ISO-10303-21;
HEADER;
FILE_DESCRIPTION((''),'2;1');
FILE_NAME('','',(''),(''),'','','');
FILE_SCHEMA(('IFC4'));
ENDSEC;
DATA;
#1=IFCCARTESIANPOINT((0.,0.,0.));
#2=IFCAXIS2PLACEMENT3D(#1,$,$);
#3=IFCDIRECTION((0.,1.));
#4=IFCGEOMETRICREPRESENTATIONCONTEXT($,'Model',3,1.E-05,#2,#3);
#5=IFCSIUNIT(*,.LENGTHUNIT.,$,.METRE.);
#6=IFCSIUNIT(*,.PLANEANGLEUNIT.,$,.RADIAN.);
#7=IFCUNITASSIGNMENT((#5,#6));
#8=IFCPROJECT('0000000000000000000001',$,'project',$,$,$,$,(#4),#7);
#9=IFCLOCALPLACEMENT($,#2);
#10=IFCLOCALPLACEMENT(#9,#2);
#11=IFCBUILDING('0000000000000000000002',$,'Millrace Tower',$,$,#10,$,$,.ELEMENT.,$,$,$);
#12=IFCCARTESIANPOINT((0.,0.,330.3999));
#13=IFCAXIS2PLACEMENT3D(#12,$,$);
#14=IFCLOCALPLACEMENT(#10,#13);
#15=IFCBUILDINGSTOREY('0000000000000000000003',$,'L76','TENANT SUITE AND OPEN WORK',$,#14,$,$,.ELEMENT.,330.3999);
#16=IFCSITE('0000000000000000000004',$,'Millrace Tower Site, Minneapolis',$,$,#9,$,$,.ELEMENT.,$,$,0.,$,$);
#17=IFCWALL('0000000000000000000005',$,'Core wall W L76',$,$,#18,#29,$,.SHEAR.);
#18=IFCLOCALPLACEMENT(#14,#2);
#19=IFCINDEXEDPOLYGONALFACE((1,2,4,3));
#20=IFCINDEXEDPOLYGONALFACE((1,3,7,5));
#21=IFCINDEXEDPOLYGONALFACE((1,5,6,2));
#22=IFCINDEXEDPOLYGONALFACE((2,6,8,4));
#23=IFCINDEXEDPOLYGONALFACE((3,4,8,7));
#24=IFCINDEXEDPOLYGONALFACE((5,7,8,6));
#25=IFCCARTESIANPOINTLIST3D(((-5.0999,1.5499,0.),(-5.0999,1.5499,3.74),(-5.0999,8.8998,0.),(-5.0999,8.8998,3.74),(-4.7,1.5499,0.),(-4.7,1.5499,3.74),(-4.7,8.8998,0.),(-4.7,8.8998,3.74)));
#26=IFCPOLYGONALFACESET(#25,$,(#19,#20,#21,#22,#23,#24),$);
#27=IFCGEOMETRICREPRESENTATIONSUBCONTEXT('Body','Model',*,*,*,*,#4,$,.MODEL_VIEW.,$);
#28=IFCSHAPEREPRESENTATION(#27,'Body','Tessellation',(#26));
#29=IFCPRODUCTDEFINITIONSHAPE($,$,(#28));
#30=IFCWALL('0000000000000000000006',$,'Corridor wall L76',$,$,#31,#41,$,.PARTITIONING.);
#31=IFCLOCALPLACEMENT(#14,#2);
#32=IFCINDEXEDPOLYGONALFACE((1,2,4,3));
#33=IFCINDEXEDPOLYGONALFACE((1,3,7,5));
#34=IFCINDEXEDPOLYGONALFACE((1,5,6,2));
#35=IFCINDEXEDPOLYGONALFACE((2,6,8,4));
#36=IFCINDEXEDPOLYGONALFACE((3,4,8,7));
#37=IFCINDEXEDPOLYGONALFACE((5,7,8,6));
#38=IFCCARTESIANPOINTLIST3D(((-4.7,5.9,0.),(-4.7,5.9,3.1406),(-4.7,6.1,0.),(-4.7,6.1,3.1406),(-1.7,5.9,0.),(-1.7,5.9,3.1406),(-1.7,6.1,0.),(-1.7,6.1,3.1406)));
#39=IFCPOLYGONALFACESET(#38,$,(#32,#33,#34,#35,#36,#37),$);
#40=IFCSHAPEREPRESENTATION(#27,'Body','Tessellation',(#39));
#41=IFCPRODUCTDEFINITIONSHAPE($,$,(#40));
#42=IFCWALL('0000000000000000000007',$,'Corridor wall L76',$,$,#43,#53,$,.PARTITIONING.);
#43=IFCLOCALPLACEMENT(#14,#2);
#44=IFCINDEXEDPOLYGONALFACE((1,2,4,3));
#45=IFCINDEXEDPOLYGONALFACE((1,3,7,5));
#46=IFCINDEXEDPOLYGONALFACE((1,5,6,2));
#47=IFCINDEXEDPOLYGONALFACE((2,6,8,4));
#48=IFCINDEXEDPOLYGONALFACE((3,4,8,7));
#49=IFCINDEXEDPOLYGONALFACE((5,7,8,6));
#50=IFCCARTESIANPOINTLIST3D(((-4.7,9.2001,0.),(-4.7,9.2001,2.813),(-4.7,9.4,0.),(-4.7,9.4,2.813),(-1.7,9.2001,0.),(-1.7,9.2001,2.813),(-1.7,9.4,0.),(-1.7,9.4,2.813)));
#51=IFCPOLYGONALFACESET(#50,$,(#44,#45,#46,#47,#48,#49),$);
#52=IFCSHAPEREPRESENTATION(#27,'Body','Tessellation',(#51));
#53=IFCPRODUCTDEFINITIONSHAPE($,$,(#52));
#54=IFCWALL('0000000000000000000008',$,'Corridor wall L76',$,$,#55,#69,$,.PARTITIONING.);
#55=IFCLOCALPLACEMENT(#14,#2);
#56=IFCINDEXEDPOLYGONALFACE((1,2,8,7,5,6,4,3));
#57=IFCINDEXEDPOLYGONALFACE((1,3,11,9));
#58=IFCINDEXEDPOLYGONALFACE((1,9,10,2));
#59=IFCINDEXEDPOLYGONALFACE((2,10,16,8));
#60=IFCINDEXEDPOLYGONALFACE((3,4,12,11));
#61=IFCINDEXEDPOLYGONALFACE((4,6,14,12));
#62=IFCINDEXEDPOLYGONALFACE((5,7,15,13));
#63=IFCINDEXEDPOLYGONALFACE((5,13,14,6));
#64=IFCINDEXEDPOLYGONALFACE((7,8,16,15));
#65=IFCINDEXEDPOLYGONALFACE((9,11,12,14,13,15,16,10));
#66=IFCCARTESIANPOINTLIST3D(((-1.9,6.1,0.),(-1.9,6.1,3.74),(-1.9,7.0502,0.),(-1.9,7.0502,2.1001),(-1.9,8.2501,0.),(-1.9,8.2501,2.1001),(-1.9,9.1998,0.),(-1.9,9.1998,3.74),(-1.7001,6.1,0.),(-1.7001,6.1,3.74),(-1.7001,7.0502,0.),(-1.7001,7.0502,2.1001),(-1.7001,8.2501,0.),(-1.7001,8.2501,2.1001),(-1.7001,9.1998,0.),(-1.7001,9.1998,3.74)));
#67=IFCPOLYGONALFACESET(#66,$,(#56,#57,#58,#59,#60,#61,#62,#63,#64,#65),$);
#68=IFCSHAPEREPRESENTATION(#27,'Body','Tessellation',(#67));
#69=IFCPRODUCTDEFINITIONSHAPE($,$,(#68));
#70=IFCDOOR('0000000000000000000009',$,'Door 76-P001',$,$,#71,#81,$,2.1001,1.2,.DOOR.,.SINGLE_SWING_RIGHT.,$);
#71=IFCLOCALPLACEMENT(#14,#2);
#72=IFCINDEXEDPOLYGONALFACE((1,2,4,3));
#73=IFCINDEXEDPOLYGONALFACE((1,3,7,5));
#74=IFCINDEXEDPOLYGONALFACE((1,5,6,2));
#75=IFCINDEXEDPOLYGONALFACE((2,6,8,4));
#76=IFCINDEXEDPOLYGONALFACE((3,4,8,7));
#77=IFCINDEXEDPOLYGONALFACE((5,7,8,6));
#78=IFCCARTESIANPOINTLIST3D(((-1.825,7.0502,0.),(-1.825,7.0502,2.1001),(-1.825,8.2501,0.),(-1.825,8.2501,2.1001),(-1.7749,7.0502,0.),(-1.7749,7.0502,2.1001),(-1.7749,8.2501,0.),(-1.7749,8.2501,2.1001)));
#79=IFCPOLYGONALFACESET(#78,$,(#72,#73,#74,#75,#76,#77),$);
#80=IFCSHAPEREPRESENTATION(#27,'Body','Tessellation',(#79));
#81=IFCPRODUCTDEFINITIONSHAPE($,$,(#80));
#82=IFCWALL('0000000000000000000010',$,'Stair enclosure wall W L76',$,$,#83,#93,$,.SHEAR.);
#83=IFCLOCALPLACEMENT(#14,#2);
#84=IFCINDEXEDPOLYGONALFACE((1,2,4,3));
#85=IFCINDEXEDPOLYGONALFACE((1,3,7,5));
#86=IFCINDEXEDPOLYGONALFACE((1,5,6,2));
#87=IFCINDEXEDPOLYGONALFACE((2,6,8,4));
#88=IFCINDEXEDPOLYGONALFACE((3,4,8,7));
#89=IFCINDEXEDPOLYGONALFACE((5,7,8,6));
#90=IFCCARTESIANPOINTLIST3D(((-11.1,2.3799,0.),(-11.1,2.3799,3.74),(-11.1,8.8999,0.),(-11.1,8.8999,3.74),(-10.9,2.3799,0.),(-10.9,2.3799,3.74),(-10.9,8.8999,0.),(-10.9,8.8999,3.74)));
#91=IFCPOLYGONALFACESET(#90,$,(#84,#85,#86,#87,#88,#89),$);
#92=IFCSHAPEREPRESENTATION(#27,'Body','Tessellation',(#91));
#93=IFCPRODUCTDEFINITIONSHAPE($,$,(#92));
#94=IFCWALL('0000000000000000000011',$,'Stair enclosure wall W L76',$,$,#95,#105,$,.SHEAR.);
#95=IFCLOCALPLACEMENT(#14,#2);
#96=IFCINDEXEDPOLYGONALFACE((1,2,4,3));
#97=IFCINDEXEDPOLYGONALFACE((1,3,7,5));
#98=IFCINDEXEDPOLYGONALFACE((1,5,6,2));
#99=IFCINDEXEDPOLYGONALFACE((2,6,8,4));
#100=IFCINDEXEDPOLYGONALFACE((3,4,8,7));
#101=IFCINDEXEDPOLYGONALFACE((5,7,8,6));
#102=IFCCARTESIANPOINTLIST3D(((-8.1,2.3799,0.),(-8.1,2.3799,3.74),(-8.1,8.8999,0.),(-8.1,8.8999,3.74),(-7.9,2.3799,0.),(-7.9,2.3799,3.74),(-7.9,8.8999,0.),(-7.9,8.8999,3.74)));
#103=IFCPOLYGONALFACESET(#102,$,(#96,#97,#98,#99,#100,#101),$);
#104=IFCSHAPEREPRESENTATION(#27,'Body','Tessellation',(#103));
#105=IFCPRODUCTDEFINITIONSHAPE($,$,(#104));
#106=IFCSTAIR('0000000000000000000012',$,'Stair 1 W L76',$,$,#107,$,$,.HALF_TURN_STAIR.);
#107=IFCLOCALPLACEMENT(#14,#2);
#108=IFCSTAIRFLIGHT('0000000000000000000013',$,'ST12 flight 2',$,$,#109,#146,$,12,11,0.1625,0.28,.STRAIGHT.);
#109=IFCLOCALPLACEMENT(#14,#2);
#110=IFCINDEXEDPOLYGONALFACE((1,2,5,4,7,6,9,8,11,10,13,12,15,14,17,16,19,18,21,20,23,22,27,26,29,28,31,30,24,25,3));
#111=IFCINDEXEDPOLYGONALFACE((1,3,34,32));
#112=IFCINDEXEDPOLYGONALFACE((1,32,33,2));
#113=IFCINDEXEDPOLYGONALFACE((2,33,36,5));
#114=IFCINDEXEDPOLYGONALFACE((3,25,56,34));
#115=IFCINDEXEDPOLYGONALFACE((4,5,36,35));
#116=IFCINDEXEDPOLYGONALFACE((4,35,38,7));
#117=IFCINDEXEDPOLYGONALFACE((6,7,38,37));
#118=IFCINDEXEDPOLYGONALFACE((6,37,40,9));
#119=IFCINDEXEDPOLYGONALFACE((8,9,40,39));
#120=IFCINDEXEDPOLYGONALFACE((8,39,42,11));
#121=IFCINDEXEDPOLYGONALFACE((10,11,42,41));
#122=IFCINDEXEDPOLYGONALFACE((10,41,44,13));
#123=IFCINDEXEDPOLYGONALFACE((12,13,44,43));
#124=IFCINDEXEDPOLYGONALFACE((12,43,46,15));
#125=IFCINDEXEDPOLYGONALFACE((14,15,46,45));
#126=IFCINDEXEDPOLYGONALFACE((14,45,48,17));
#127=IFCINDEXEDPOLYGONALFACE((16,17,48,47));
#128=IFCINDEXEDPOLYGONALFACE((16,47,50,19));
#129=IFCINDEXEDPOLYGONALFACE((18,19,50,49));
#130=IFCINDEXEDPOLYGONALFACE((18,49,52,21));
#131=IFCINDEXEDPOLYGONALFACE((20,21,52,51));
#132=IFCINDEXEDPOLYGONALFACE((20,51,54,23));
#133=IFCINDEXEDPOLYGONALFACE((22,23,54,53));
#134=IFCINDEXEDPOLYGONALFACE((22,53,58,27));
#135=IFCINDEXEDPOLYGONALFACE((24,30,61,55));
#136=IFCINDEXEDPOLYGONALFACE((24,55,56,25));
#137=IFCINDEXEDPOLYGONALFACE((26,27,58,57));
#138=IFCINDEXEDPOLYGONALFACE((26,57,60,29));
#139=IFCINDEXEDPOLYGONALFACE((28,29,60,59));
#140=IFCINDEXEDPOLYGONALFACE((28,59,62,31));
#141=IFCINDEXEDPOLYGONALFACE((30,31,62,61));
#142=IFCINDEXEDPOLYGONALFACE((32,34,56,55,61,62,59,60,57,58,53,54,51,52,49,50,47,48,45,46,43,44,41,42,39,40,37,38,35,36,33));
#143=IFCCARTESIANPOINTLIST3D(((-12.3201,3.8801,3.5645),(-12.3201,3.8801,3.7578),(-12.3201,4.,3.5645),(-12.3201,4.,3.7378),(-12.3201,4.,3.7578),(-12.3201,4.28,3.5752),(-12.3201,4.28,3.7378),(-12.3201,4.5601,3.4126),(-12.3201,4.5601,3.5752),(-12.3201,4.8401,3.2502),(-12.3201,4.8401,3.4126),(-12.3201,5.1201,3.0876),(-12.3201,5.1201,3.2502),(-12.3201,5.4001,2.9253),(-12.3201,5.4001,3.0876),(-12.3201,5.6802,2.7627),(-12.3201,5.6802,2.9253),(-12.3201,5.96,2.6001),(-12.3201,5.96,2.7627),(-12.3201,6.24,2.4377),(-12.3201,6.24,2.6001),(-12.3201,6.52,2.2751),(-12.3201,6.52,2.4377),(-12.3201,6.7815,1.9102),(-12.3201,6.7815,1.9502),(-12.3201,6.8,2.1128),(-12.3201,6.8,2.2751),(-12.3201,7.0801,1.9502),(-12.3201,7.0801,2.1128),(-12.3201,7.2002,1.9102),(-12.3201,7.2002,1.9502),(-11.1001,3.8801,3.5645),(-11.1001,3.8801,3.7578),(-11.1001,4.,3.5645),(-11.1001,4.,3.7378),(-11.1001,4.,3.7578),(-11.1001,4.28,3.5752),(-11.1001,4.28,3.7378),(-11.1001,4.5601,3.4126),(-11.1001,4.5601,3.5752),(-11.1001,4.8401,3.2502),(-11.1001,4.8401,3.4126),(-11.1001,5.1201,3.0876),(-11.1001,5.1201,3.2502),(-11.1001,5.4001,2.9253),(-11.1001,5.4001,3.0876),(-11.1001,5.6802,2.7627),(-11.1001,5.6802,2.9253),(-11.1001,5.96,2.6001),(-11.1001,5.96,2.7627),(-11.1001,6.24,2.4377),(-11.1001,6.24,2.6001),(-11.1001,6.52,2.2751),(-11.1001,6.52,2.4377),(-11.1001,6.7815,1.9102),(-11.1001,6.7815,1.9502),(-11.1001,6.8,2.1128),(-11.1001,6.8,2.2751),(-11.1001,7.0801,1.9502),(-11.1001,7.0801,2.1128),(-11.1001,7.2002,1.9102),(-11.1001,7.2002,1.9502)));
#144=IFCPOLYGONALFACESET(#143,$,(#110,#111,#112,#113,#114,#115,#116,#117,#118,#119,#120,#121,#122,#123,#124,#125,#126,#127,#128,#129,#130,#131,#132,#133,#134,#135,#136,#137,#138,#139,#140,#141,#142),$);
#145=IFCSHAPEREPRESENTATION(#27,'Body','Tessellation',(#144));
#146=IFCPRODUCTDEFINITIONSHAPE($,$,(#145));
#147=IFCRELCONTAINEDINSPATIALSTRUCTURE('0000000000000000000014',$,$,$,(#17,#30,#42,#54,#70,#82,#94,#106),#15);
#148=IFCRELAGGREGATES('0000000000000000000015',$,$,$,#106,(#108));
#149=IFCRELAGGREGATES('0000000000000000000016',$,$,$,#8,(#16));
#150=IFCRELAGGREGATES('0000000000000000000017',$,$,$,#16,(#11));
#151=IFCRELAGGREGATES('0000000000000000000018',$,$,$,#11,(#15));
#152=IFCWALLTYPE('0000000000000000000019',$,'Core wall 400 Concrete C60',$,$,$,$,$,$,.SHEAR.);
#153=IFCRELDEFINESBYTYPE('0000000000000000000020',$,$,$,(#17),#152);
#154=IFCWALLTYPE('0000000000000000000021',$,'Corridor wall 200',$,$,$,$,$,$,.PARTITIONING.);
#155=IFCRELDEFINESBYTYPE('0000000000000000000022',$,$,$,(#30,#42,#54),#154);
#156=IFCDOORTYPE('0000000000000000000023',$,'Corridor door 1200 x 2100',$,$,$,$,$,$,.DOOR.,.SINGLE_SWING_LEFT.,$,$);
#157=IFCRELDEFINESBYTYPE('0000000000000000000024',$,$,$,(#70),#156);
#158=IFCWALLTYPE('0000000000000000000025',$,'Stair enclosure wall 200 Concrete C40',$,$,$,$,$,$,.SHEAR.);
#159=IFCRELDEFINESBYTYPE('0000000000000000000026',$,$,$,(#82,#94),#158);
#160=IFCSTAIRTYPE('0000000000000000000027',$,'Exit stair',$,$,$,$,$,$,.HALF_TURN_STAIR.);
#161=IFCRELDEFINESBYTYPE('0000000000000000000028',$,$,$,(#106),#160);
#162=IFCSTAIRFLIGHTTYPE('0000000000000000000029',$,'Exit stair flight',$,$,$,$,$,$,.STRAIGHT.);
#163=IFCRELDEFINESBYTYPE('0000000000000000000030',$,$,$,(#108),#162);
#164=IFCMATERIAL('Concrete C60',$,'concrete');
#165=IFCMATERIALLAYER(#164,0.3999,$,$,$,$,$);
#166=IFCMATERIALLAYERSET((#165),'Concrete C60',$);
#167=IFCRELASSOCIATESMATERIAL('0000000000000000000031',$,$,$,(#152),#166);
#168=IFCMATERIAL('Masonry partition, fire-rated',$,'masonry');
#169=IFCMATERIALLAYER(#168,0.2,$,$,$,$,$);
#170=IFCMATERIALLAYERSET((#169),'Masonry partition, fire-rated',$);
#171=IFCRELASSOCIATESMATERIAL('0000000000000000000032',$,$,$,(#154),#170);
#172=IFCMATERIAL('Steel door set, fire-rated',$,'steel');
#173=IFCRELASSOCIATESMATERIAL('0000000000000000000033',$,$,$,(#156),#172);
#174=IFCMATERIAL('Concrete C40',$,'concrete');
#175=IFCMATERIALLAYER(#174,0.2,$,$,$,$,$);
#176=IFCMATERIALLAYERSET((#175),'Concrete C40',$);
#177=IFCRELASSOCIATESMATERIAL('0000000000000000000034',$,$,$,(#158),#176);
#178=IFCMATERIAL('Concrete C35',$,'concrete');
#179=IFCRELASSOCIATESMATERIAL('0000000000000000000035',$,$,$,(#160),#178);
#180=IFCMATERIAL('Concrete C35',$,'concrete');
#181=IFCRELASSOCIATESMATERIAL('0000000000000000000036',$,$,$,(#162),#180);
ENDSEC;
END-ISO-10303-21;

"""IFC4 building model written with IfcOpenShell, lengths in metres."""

from ifc_helpers import new_model, si_unit, direction, frame, frame_2d, origin, place, context, subcontext, project, spatial, polyline, rectangle, outline, extrude, material, layer, layer_set, type_object, element, fill, aggregate, save


model = new_model("IFC4")

# Units and contexts
model_context = context("Model", 3, precision=1e-05, world=origin(), true_north=direction((0.0, 1.0)))
body_context = subcontext(model_context, "Body", "Model", "MODEL_VIEW")
ifc_project = project(units=[si_unit("LENGTHUNIT", "METRE"), si_unit("PLANEANGLEUNIT", "RADIAN")], contexts=[model_context])

# Site, building, storey
site_placement = place(None, origin())
site = spatial("IfcSite", under=ifc_project, at=site_placement, Name="Millrace Tower Site, Minneapolis", CompositionType="ELEMENT", RefElevation=0.0)
building_placement = place(site_placement, origin())
building = spatial("IfcBuilding", under=site, at=building_placement, Name="Millrace Tower", CompositionType="ELEMENT")
storey_placement = place(building_placement, frame((0.0, 0.0, 330.3999)))
storey = spatial("IfcBuildingStorey", under=building, at=storey_placement, Name="L76", Description="TENANT SUITE AND OPEN WORK", CompositionType="ELEMENT", Elevation=330.3999)

# Walls
ifc_material_1 = material(Name="Concrete C60", Category="concrete")
ifc_layer_1 = layer(ifc_material_1, 0.3999)
ifc_layer_set_1 = layer_set([ifc_layer_1], Name="Concrete C60")
wall_type_1 = type_object("IfcWallType", Name="Core wall 400 Concrete C60", PredefinedType="SHEAR", material=ifc_layer_set_1)
wall_1_placement = place(storey_placement, frame((-4.8999, 1.55, 0.0), z_axis=(0.0, 0.0, 1.0), x_axis=(0.0, 1.0, 0.0)))
element("IfcWall", 1, at=wall_1_placement, inside=storey, type_object=wall_type_1, Name="Core wall W L76", PredefinedType="SHEAR", context=body_context, shape_type="SweptSolid", body=[
    extrude(rectangle(XDim=7.3499, YDim=0.3999, at=frame_2d((3.6748, 0.0))), origin(), (0.0, 0.0, 1.0), 3.74),
])
ifc_material_2 = material(Name="Masonry partition, fire-rated", Category="masonry")
ifc_layer_2 = layer(ifc_material_2, 0.2)
ifc_layer_set_2 = layer_set([ifc_layer_2], Name="Masonry partition, fire-rated")
wall_type_2 = type_object("IfcWallType", Name="Corridor wall 200", PredefinedType="PARTITIONING", material=ifc_layer_set_2)
wall_2_placement = place(storey_placement, frame((-4.7, 6.0, 0.0), z_axis=(0.0, 0.0, 1.0), x_axis=(1.0, 0.0, 0.0)))
element("IfcWall", 2, at=wall_2_placement, inside=storey, type_object=wall_type_2, Name="Corridor wall L76", PredefinedType="PARTITIONING", context=body_context, shape_type="SweptSolid", body=[
    extrude(rectangle(XDim=3.0, YDim=0.2, at=frame_2d((1.5, 0.0))), origin(), (0.0, 0.0, 1.0), 3.1406),
])
wall_3_placement = place(storey_placement, frame((-4.7, 9.3, 0.0), z_axis=(0.0, 0.0, 1.0), x_axis=(1.0, 0.0, 0.0)))
element("IfcWall", 3, at=wall_3_placement, inside=storey, type_object=wall_type_2, Name="Corridor wall L76", PredefinedType="PARTITIONING", context=body_context, shape_type="SweptSolid", body=[
    extrude(rectangle(XDim=3.0, YDim=0.2, at=frame_2d((1.5, 0.0))), origin(), (0.0, 0.0, 1.0), 2.813),
])

# Wall, opening, door
wall_4_placement = place(storey_placement, frame((-1.8, 6.1001, 0.0), z_axis=(0.0, 0.0, 1.0), x_axis=(0.0, 1.0, 0.0)))
wall_4 = element("IfcWall", 4, at=wall_4_placement, inside=storey, type_object=wall_type_2, Name="Corridor wall L76", PredefinedType="PARTITIONING", context=body_context, shape_type="SweptSolid", body=[
    extrude(rectangle(XDim=3.0999, YDim=0.2, at=frame_2d((1.5498, 0.0))), origin(), (0.0, 0.0, 1.0), 3.74),
])
opening_placement = place(wall_4_placement, frame((0.95, 0.0, 0.0)))
opening = element("IfcOpeningElement", 5, at=opening_placement, cuts=wall_4, PredefinedType="OPENING", context=body_context, shape_type="SweptSolid", body=[
    extrude(rectangle(XDim=1.2, YDim=2.1001, at=frame_2d((0.6001, 1.05))), frame((0.0, 0.1099, 0.0), z_axis=(0.0, -1.0, 0.0), x_axis=(1.0, 0.0, 0.0)), (0.0, 0.0, 1.0), 0.22),
])
ifc_material_3 = material(Name="Steel door set, fire-rated", Category="steel")
door_type = type_object("IfcDoorType", Name="Corridor door 1200 x 2100", OperationType="SINGLE_SWING_LEFT", PredefinedType="DOOR", material=ifc_material_3)
door_placement = place(opening_placement, origin())
door = element("IfcDoor", 6, at=door_placement, inside=storey, type_object=door_type, Name="Door 76-P001", OperationType="SINGLE_SWING_RIGHT", OverallHeight=2.1001, OverallWidth=1.2, PredefinedType="DOOR", context=body_context, shape_type="SweptSolid", body=[
    extrude(rectangle(XDim=1.2, YDim=2.1001, at=frame_2d((0.6001, 1.05))), frame((0.0, 0.0249, 0.0), z_axis=(0.0, -1.0, 0.0), x_axis=(1.0, 0.0, 0.0)), (0.0, 0.0, 1.0), 0.05),
])
fill(opening, door)

# Walls
ifc_material_4 = material(Name="Concrete C40", Category="concrete")
ifc_layer_3 = layer(ifc_material_4, 0.2)
ifc_layer_set_3 = layer_set([ifc_layer_3], Name="Concrete C40")
wall_type_3 = type_object("IfcWallType", Name="Stair enclosure wall 200 Concrete C40", PredefinedType="SHEAR", material=ifc_layer_set_3)
for number, where, z_axis, x_axis, name in (
    (7, (-11.0, 2.3799, 0.0), (0.0, 0.0, 1.0), (0.0, 1.0, 0.0), "Stair enclosure wall W L76"),
    (8, (-8.0, 2.3799, 0.0), (0.0, 0.0, 1.0), (0.0, 1.0, 0.0), "Stair enclosure wall W L76"),
):
    element("IfcWall", number, at=place(storey_placement, frame(where, z_axis=z_axis, x_axis=x_axis)), inside=storey, type_object=wall_type_3, Name=name, PredefinedType="SHEAR", context=body_context, shape_type="SweptSolid", body=[
        extrude(rectangle(XDim=6.52, YDim=0.2, at=frame_2d((3.26, 0.0))), origin(), (0.0, 0.0, 1.0), 3.74),
    ])

# Stair, stair flight
ifc_material_5 = material(Name="Concrete C35", Category="concrete")
stair_type = type_object("IfcStairType", Name="Exit stair", PredefinedType="HALF_TURN_STAIR", material=ifc_material_5)
placement = place(storey_placement, origin())
stair_1 = element("IfcStair", 9, at=placement, inside=storey, type_object=stair_type, Name="Stair 1 W L76", PredefinedType="HALF_TURN_STAIR")
ifc_material_6 = material(Name="Concrete C35", Category="concrete")
stair_flight_type = type_object("IfcStairFlightType", Name="Exit stair flight", PredefinedType="STRAIGHT", material=ifc_material_6)
stair_flight_1_placement = place(storey_placement, frame((-11.71, 7.0801, 1.9502), z_axis=(0.0, 0.0, 1.0), x_axis=(0.0, -1.0, 0.0)))
stair_flight_1 = element("IfcStairFlight", 10, at=stair_flight_1_placement, type_object=stair_flight_type, Name="ST12 flight 2", NumberOfRisers=12, NumberOfTreads=11, PredefinedType="STRAIGHT", RiserHeight=0.1625, TreadLength=0.28, context=body_context, shape_type="SweptSolid", body=[
    extrude(outline(polyline([(-0.1201, -0.04), (-0.1201, 0.0), (0.0, 0.0), (0.0, 0.1626), (0.28, 0.1626), (0.28, 0.325), (0.5601, 0.325), (0.5601, 0.4875), (0.8401, 0.4875), (0.8401, 0.6499), (1.1201, 0.6499), (1.1201, 0.8125), (1.3999, 0.8125), (1.3999, 0.9751), (1.6799, 0.9751), (1.6799, 1.1375), (1.96, 1.1375), (1.96, 1.3), (2.24, 1.3), (2.24, 1.4624), (2.52, 1.4624), (2.52, 1.625), (2.8, 1.625), (2.8, 1.7876), (3.0801, 1.7876), (3.0801, 1.8076), (3.2, 1.8076), (3.2, 1.6143), (3.0801, 1.6143), (0.2986, 0.0), (0.2986, -0.04), (-0.1201, -0.04)])), frame((0.0, 0.6099, 0.0), z_axis=(0.0, -1.0, 0.0), x_axis=(1.0, 0.0, 0.0)), (0.0, 0.0, 1.0), 1.22),
])
aggregate(stair_1, [stair_flight_1])

save(model, "model.ifc")
